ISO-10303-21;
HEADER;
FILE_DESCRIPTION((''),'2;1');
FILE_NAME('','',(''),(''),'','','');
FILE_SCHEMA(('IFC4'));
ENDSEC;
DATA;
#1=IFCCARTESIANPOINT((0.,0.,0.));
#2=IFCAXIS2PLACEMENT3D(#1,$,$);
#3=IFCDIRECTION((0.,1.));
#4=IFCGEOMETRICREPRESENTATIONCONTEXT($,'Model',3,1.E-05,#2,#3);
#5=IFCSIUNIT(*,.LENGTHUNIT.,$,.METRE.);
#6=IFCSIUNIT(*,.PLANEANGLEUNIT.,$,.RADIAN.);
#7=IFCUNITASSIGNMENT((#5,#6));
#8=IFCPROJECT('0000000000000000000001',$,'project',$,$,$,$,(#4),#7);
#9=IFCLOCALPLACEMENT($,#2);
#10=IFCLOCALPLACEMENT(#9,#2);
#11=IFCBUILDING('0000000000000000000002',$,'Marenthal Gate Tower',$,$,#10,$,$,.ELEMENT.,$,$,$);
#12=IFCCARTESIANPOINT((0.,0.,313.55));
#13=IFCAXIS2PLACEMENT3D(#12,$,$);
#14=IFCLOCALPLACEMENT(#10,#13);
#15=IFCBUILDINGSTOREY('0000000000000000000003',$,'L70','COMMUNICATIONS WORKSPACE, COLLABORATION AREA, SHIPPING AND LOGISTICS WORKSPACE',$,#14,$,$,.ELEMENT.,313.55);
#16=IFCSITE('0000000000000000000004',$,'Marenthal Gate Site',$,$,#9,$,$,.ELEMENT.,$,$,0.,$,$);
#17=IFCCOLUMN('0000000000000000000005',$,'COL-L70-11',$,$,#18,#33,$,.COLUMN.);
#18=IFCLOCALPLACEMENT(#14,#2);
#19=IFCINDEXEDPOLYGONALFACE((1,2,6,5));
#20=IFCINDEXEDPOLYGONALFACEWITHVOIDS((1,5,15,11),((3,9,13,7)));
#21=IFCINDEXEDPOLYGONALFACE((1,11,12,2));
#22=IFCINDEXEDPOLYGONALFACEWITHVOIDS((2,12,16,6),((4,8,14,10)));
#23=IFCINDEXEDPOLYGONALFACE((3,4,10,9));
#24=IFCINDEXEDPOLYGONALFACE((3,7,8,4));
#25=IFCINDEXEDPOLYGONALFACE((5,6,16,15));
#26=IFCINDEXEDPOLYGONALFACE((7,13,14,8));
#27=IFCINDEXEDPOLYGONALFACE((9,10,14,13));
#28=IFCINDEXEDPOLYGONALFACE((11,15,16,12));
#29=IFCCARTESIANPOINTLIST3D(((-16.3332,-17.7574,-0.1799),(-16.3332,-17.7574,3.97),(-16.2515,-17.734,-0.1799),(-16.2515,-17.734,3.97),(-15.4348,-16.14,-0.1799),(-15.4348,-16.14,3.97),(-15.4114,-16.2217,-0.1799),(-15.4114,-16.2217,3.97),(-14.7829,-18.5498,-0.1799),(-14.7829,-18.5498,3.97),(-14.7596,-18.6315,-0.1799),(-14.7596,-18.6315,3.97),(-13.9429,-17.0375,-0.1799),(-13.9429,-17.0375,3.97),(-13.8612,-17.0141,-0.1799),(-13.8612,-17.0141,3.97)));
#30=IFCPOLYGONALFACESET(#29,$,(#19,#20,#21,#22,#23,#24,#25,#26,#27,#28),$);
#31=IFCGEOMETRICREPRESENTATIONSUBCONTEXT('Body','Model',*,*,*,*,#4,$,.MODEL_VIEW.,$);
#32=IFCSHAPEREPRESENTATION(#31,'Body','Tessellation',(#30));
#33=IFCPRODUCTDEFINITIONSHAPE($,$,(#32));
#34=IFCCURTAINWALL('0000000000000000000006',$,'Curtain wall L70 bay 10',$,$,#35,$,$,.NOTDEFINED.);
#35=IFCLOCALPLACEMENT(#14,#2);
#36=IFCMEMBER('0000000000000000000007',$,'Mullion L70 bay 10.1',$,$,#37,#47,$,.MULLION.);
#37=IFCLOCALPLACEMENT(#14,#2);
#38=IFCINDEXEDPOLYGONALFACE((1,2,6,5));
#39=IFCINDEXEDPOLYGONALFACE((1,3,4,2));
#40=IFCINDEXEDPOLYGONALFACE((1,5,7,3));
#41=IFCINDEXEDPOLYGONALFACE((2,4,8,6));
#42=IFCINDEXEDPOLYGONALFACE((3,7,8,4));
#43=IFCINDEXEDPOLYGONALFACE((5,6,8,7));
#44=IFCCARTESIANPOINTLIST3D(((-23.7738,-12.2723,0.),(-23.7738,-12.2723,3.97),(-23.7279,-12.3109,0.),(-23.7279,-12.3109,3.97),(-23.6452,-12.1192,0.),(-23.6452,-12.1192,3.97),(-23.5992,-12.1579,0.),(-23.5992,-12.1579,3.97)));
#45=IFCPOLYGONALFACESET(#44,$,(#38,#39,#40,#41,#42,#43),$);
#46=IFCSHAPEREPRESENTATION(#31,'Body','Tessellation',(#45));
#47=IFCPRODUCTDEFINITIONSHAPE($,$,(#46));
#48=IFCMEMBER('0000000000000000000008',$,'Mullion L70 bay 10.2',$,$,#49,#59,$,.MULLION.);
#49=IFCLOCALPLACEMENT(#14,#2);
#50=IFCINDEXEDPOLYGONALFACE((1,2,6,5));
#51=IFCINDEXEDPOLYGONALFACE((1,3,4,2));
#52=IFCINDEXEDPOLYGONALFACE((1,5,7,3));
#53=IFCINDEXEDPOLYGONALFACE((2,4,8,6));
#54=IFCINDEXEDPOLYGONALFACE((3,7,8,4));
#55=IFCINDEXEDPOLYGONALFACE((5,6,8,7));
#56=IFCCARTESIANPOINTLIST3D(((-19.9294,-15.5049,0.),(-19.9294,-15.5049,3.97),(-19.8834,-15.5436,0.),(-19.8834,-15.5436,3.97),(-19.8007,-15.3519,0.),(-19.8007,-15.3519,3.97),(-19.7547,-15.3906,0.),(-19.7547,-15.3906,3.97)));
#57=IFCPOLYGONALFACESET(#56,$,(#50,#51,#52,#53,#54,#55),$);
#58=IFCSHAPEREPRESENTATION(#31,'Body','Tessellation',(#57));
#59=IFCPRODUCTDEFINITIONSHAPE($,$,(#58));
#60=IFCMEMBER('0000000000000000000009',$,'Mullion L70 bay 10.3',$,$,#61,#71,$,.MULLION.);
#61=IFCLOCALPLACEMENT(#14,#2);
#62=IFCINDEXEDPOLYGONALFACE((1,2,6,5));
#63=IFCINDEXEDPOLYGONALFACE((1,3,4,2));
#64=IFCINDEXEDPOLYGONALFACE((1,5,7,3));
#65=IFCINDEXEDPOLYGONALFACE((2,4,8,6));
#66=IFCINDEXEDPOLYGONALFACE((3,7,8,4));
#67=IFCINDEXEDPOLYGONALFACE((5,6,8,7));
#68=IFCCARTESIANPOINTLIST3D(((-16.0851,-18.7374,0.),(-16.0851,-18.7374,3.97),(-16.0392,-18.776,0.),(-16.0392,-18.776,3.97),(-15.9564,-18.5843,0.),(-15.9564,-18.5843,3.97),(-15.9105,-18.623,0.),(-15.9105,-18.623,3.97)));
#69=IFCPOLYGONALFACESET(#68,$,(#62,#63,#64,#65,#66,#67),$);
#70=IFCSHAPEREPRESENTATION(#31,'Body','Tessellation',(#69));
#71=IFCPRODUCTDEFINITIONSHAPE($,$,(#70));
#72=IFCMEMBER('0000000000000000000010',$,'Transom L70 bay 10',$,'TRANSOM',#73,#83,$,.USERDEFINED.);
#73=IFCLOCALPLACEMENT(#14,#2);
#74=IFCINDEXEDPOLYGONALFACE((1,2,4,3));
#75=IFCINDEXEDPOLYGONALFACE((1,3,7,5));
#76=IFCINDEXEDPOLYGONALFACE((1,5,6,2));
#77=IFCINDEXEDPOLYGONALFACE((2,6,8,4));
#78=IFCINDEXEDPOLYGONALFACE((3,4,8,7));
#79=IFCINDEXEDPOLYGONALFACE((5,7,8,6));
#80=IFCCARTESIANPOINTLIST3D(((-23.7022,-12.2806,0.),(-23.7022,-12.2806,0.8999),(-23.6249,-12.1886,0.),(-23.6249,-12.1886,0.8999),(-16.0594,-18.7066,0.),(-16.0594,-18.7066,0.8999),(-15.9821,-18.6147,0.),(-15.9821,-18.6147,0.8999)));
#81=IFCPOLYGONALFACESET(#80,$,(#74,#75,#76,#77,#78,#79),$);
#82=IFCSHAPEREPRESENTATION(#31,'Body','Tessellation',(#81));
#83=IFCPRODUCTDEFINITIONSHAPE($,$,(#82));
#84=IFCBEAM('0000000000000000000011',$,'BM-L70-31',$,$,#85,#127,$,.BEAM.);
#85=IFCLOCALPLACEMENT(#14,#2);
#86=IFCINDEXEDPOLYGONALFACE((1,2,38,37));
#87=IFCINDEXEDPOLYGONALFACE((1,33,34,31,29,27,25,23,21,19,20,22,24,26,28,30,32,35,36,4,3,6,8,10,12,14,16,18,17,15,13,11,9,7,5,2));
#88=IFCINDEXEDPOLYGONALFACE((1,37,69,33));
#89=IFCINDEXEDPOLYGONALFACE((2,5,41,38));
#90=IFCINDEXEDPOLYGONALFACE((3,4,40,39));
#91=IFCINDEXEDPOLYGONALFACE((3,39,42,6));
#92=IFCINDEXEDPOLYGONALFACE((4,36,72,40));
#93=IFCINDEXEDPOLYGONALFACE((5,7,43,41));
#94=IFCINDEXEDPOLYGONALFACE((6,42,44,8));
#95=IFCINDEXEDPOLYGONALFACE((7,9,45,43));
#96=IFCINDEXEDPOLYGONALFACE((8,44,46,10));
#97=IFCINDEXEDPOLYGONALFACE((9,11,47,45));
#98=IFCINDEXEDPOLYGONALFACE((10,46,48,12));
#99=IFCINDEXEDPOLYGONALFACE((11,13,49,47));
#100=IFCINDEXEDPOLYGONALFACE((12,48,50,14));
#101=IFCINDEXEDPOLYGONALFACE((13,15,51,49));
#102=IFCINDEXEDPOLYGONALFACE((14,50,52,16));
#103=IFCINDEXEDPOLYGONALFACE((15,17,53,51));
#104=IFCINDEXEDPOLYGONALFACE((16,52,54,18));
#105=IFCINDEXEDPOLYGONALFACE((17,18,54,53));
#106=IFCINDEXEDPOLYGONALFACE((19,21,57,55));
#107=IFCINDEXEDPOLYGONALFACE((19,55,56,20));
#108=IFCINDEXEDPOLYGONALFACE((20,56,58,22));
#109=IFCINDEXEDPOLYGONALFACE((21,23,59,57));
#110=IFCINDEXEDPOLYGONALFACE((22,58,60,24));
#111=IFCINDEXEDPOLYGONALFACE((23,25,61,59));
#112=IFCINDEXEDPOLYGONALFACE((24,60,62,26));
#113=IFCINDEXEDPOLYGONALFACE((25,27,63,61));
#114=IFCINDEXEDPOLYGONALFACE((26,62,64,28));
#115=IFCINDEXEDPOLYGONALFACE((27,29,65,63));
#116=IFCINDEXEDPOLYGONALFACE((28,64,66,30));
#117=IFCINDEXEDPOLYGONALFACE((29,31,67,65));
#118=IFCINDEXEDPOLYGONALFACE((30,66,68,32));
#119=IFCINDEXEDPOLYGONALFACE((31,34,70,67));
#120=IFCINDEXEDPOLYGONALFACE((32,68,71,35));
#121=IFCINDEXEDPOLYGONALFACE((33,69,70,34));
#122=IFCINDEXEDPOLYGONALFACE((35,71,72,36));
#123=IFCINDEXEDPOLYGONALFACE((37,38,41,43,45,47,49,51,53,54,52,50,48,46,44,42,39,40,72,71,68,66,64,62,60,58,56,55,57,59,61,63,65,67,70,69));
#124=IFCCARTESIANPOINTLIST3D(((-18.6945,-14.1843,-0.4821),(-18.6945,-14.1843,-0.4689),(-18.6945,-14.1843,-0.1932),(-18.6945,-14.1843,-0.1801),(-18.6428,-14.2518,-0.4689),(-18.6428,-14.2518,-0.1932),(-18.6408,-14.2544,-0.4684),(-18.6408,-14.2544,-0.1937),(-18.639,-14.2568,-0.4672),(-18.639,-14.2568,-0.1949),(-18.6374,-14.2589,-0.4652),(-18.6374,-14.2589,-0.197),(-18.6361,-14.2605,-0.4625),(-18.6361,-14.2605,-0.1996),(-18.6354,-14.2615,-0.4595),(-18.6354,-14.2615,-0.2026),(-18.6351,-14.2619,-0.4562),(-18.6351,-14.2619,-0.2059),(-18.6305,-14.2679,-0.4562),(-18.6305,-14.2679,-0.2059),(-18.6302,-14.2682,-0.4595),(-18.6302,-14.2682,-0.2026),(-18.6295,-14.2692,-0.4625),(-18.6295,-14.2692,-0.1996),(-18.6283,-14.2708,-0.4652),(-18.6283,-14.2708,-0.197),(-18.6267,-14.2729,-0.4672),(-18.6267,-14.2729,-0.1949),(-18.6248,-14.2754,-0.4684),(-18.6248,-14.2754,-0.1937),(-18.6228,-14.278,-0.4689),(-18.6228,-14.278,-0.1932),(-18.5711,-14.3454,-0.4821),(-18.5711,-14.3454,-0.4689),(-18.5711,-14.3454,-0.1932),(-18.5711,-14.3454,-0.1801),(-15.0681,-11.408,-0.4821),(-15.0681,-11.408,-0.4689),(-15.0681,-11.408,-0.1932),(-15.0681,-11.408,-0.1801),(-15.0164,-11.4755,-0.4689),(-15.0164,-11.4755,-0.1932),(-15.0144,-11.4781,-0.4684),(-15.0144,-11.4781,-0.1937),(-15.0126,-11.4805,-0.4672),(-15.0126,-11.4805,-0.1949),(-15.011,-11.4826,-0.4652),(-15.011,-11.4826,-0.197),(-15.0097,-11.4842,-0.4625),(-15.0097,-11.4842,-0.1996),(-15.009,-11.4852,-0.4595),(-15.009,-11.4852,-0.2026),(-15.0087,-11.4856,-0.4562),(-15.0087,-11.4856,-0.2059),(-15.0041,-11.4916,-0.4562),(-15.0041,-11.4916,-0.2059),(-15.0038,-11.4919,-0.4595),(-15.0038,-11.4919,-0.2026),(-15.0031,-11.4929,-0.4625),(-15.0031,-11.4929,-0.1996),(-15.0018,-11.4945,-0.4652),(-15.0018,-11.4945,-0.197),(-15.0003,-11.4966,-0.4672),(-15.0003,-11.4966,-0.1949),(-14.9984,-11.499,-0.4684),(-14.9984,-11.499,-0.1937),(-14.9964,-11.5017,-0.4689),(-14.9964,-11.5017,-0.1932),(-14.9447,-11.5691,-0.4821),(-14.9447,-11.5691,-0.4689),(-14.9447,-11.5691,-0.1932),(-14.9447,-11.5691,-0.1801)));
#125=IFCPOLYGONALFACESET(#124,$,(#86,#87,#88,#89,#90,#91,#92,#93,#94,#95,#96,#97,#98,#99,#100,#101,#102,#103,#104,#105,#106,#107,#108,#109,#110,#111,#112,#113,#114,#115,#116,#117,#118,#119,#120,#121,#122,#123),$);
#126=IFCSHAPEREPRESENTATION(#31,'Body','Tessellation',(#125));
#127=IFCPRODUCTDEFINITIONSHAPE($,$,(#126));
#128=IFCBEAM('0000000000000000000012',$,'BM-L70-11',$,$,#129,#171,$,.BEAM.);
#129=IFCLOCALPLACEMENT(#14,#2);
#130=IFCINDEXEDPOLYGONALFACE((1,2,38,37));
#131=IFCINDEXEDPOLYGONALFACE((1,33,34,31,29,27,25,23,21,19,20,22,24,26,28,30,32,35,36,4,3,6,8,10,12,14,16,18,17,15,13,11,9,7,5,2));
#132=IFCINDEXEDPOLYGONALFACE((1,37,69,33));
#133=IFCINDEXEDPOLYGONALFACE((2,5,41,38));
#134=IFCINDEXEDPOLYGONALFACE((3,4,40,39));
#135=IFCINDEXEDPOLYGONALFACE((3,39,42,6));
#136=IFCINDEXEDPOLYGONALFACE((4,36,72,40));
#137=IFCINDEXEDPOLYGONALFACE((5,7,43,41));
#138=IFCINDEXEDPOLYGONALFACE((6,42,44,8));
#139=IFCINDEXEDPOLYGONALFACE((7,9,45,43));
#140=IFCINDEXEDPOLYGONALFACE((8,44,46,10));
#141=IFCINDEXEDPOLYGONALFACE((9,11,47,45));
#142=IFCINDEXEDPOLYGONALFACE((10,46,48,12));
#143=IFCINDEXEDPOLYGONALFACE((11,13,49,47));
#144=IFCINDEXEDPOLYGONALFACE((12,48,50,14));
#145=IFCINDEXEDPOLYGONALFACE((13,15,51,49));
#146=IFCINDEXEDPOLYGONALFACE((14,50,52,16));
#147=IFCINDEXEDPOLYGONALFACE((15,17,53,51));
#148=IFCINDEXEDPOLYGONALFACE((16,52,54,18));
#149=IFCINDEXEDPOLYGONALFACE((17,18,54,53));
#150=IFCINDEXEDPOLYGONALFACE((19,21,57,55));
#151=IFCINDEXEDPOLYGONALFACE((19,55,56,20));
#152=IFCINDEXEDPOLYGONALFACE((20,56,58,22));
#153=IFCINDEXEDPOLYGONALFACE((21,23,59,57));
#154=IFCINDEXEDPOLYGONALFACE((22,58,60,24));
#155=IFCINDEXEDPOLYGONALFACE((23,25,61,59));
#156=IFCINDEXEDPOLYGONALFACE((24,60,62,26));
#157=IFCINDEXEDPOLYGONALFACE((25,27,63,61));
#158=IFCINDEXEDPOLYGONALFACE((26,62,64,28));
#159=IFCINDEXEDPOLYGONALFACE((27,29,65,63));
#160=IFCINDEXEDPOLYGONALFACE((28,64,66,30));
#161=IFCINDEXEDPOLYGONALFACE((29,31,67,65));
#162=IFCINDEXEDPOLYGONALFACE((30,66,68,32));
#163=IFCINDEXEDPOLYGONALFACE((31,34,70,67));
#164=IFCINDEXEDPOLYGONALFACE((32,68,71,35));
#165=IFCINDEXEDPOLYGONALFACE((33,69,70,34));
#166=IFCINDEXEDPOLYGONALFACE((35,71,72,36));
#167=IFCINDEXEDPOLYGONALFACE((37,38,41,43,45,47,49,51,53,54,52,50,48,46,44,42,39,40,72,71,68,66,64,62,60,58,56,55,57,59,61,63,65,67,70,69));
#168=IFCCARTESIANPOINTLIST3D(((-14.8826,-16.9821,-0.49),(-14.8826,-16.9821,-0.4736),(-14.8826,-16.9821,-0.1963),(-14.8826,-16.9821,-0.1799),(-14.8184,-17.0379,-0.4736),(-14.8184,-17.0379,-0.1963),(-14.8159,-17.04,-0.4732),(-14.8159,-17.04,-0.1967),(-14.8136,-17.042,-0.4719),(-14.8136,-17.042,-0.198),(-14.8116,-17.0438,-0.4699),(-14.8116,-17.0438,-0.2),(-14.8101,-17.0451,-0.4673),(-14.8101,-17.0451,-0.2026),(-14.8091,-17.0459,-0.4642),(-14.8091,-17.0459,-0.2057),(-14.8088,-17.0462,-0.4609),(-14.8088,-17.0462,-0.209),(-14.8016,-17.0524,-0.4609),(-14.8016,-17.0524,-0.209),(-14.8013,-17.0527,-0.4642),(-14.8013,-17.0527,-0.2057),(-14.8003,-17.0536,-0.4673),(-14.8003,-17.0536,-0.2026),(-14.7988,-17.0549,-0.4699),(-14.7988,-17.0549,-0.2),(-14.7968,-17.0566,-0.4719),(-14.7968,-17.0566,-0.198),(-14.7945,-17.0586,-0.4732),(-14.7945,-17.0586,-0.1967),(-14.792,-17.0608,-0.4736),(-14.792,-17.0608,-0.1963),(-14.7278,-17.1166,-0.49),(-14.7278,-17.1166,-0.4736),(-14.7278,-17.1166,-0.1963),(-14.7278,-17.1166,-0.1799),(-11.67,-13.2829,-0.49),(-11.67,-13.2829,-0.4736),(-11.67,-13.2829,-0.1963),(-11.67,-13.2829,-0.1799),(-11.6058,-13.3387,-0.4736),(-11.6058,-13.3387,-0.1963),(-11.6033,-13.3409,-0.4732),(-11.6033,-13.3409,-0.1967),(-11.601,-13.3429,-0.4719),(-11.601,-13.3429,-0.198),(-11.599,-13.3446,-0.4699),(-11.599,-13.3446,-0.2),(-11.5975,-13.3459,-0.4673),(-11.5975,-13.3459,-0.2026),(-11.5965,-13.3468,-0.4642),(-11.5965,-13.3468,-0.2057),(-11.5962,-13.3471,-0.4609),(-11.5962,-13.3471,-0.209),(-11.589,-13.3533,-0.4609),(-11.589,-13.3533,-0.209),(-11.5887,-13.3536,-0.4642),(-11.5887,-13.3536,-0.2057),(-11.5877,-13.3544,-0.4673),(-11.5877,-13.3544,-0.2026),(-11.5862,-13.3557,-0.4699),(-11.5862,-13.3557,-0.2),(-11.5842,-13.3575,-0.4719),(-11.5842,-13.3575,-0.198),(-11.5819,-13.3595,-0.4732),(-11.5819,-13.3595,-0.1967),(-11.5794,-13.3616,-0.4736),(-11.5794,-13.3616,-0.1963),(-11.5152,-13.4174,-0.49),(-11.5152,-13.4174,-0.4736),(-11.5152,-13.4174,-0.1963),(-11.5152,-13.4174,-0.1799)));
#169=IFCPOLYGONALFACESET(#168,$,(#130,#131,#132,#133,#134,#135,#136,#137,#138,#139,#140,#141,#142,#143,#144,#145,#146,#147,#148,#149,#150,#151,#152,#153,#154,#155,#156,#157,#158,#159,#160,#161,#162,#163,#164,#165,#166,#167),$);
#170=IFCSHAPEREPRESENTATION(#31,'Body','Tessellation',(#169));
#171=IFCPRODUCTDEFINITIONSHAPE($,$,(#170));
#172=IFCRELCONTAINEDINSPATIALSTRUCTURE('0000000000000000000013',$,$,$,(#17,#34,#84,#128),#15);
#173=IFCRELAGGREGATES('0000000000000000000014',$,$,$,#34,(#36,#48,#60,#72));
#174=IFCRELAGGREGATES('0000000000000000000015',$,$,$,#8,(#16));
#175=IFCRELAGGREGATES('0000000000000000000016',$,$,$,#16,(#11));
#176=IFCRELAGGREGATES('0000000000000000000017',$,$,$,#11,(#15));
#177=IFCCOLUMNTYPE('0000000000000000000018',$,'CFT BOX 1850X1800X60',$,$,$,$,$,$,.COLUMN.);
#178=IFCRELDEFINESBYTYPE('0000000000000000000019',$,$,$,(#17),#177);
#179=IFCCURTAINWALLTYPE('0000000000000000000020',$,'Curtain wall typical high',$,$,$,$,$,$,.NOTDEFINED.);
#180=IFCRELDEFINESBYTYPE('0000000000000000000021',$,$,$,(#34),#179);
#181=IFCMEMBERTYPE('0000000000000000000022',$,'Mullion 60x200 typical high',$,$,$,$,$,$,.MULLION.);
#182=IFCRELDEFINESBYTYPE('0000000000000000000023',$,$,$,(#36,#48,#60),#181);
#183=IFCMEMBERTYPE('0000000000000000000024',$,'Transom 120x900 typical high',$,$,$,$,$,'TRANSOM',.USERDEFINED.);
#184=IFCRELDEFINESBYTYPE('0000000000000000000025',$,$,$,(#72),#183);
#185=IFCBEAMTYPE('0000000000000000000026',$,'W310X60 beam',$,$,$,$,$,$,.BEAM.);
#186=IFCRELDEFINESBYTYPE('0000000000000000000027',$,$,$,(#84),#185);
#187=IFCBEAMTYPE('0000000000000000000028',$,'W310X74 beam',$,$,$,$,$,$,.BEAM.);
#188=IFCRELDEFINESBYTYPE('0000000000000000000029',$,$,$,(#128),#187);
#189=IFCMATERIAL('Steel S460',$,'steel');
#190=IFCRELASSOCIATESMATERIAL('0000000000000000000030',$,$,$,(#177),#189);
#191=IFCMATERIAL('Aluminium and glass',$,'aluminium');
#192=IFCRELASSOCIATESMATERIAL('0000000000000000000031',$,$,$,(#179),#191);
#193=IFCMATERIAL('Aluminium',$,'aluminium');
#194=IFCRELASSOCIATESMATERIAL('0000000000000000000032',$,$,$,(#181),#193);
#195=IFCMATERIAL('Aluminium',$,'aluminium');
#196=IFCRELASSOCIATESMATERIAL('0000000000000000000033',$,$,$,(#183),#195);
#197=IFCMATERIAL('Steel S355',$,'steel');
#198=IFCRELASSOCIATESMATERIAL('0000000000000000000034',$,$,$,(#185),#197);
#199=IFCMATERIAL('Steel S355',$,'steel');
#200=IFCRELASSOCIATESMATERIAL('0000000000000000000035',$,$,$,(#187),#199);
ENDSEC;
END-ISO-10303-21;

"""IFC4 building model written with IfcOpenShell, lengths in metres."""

from ifc_helpers import new_model, si_unit, direction, frame, origin, origin_2d, place, context, subcontext, project, spatial, rectangle, hollow_rectangle, i_section, extrude, material, material_profile, profile_set, type_object, element, aggregate, save


model = new_model("IFC4")

# Units and contexts
model_context = context("Model", 3, precision=1e-05, world=origin(), true_north=direction((0.0, 1.0)))
body_context = subcontext(model_context, "Body", "Model", "MODEL_VIEW")
ifc_project = project(units=[si_unit("LENGTHUNIT", "METRE"), si_unit("PLANEANGLEUNIT", "RADIAN")], contexts=[model_context])

# Site, building, storey
site_placement = place(None, origin())
site = spatial("IfcSite", under=ifc_project, at=site_placement, Name="Marenthal Gate Site", CompositionType="ELEMENT", RefElevation=0.0)
building_placement = place(site_placement, origin())
building = spatial("IfcBuilding", under=site, at=building_placement, Name="Marenthal Gate Tower", CompositionType="ELEMENT")
storey_placement = place(building_placement, frame((0.0, 0.0, 313.55)))
storey = spatial("IfcBuildingStorey", under=building, at=storey_placement, Name="L70", Description="COMMUNICATIONS WORKSPACE, COLLABORATION AREA, SHIPPING AND LOGISTICS WORKSPACE", CompositionType="ELEMENT", Elevation=313.55)

# Column
ifc_material_1 = material(Name="Steel S460", Category="steel")
ifc_material_profile_1 = material_profile(ifc_material_1, hollow_rectangle(XDim=1.8, YDim=1.8501, WallThickness=0.0601, at=origin_2d()), Name="CFT BOX 1850X1800X60")
ifc_material_2 = material(Name="Concrete 70 MPa", Category="concrete")
ifc_material_profile_2 = material_profile(ifc_material_2, rectangle(XDim=1.6799, YDim=1.73, at=origin_2d()), Name="CFT BOX 1850X1800X60 INFILL")
ifc_profile_set_1 = profile_set([ifc_material_profile_1, ifc_material_profile_2], Name="Steel S460 shell, Concrete 70 MPa infill")
column_type = type_object("IfcColumnType", Name="CFT BOX 1850X1800X60", PredefinedType="COLUMN", material=ifc_profile_set_1)
column_placement = place(storey_placement, frame((-15.0972, -17.3857, -0.1799), z_axis=(0.0, 0.0, 1.0), x_axis=(-0.874186, 0.485591, 0.0)))
element("IfcColumn", 1, at=column_placement, inside=storey, type_object=column_type, Name="COL-L70-11", PredefinedType="COLUMN", context=body_context, shape_type="SweptSolid", body=[
    extrude(hollow_rectangle(XDim=1.8, YDim=1.8501, WallThickness=0.0601, at=origin_2d()), origin(), (0.0, 0.0, 1.0), 4.1499),
])

# Curtain wall, members
ifc_material_3 = material(Name="Aluminium and glass", Category="aluminium")
curtain_wall_type = type_object("IfcCurtainWallType", Name="Curtain wall typical high", PredefinedType="NOTDEFINED", material=ifc_material_3)
curtain_wall_placement = place(storey_placement, origin())
curtain_wall = element("IfcCurtainWall", 2, at=curtain_wall_placement, inside=storey, type_object=curtain_wall_type, Name="Curtain wall L70 bay 10", PredefinedType="NOTDEFINED")
ifc_material_4 = material(Name="Aluminium", Category="aluminium")
ifc_material_profile_3 = material_profile(ifc_material_4, rectangle(XDim=0.2, YDim=0.0601, at=origin_2d()), Name="60x200 aluminium mullion")
ifc_profile_set_2 = profile_set([ifc_material_profile_3], Name="Aluminium")
member_type_1 = type_object("IfcMemberType", Name="Mullion 60x200 typical high", PredefinedType="MULLION", material=ifc_profile_set_2)
member_1_placement = place(storey_placement, frame((-23.6865, -12.2151, 0.0), z_axis=(0.0, 0.0, 1.0), x_axis=(0.64357, 0.765387, 0.0)))
member_1 = element("IfcMember", 3, at=member_1_placement, type_object=member_type_1, Name="Mullion L70 bay 10.1", PredefinedType="MULLION", context=body_context, shape_type="SweptSolid", body=[
    extrude(rectangle(XDim=0.2, YDim=0.0601, at=origin_2d()), origin(), (0.0, 0.0, 1.0), 3.97),
])
member_2_placement = place(storey_placement, frame((-19.842, -15.4478, 0.0), z_axis=(0.0, 0.0, 1.0), x_axis=(0.64357, 0.765387, 0.0)))
member_2 = element("IfcMember", 4, at=member_2_placement, type_object=member_type_1, Name="Mullion L70 bay 10.2", PredefinedType="MULLION", context=body_context, shape_type="SweptSolid", body=[
    extrude(rectangle(XDim=0.2, YDim=0.0601, at=origin_2d()), origin(), (0.0, 0.0, 1.0), 3.97),
])
member_3_placement = place(storey_placement, frame((-15.9978, -18.6802, 0.0), z_axis=(0.0, 0.0, 1.0), x_axis=(0.64357, 0.765387, 0.0)))
member_3 = element("IfcMember", 5, at=member_3_placement, type_object=member_type_1, Name="Mullion L70 bay 10.3", PredefinedType="MULLION", context=body_context, shape_type="SweptSolid", body=[
    extrude(rectangle(XDim=0.2, YDim=0.0601, at=origin_2d()), origin(), (0.0, 0.0, 1.0), 3.97),
])
ifc_material_5 = material(Name="Aluminium", Category="aluminium")
ifc_material_profile_4 = material_profile(ifc_material_5, rectangle(XDim=0.1201, YDim=0.8999, at=origin_2d()), Name="120x900 aluminium transom")
ifc_profile_set_3 = profile_set([ifc_material_profile_4], Name="Aluminium")
member_type_2 = type_object("IfcMemberType", Name="Transom 120x900 typical high", ElementType="TRANSOM", PredefinedType="USERDEFINED", material=ifc_profile_set_3)
member_4_placement = place(storey_placement, frame((-23.6636, -12.2346, 0.45), z_axis=(0.765406, -0.643548, 0.0), x_axis=(0.643548, 0.765406, 0.0)))
member_4 = element("IfcMember", 6, at=member_4_placement, type_object=member_type_2, Name="Transom L70 bay 10", ObjectType="TRANSOM", PredefinedType="USERDEFINED", context=body_context, shape_type="SweptSolid", body=[
    extrude(rectangle(XDim=0.1201, YDim=0.8999, at=origin_2d()), origin(), (0.0, 0.0, 1.0), 9.9854),
])

# Beams
ifc_material_6 = material(Name="Steel S355", Category="steel")
ifc_material_profile_5 = material_profile(ifc_material_6, i_section(OverallWidth=0.2029, OverallDepth=0.302, WebThickness=0.0076, FlangeThickness=0.0132, FilletRadius=0.0127, at=origin_2d()), Name="W310X60")
ifc_profile_set_4 = profile_set([ifc_material_profile_5], Name="Steel S355")
beam_type_1 = type_object("IfcBeamType", Name="W310X60 beam", PredefinedType="BEAM", material=ifc_profile_set_4)
beam_1_placement = place(storey_placement, frame((-18.6328, -14.2649, -0.3311), z_axis=(0.794021, 0.60789, 0.0), x_axis=(-0.60789, 0.794021, 0.0)))
element("IfcBeam", 7, at=beam_1_placement, inside=storey, type_object=beam_type_1, Name="BM-L70-31", PredefinedType="BEAM", context=body_context, shape_type="SweptSolid", body=[
    extrude(i_section(OverallWidth=0.2029, OverallDepth=0.302, WebThickness=0.0076, FlangeThickness=0.0132, FilletRadius=0.0127, at=origin_2d()), origin(), (0.0, 0.0, 1.0), 4.5671),
])
ifc_material_7 = material(Name="Steel S355", Category="steel")
ifc_material_profile_6 = material_profile(ifc_material_7, i_section(OverallWidth=0.2051, OverallDepth=0.3101, WebThickness=0.0095, FlangeThickness=0.0164, FilletRadius=0.0127, at=origin_2d()), Name="W310X74")
ifc_profile_set_5 = profile_set([ifc_material_profile_6], Name="Steel S355")
beam_type_2 = type_object("IfcBeamType", Name="W310X74 beam", PredefinedType="BEAM", material=ifc_profile_set_5)
beam_2_placement = place(storey_placement, frame((-14.8052, -17.0493, -0.335), z_axis=(0.655706, 0.755016, 0.0), x_axis=(-0.755016, 0.655706, 0.0)))
element("IfcBeam", 8, at=beam_2_placement, inside=storey, type_object=beam_type_2, Name="BM-L70-11", PredefinedType="BEAM", context=body_context, shape_type="SweptSolid", body=[
    extrude(i_section(OverallWidth=0.2051, OverallDepth=0.3101, WebThickness=0.0095, FlangeThickness=0.0164, FilletRadius=0.0127, at=origin_2d()), origin(), (0.0, 0.0, 1.0), 4.8994),
])

aggregate(curtain_wall, [member_1, member_2, member_3, member_4])

save(model, "model.ifc")
